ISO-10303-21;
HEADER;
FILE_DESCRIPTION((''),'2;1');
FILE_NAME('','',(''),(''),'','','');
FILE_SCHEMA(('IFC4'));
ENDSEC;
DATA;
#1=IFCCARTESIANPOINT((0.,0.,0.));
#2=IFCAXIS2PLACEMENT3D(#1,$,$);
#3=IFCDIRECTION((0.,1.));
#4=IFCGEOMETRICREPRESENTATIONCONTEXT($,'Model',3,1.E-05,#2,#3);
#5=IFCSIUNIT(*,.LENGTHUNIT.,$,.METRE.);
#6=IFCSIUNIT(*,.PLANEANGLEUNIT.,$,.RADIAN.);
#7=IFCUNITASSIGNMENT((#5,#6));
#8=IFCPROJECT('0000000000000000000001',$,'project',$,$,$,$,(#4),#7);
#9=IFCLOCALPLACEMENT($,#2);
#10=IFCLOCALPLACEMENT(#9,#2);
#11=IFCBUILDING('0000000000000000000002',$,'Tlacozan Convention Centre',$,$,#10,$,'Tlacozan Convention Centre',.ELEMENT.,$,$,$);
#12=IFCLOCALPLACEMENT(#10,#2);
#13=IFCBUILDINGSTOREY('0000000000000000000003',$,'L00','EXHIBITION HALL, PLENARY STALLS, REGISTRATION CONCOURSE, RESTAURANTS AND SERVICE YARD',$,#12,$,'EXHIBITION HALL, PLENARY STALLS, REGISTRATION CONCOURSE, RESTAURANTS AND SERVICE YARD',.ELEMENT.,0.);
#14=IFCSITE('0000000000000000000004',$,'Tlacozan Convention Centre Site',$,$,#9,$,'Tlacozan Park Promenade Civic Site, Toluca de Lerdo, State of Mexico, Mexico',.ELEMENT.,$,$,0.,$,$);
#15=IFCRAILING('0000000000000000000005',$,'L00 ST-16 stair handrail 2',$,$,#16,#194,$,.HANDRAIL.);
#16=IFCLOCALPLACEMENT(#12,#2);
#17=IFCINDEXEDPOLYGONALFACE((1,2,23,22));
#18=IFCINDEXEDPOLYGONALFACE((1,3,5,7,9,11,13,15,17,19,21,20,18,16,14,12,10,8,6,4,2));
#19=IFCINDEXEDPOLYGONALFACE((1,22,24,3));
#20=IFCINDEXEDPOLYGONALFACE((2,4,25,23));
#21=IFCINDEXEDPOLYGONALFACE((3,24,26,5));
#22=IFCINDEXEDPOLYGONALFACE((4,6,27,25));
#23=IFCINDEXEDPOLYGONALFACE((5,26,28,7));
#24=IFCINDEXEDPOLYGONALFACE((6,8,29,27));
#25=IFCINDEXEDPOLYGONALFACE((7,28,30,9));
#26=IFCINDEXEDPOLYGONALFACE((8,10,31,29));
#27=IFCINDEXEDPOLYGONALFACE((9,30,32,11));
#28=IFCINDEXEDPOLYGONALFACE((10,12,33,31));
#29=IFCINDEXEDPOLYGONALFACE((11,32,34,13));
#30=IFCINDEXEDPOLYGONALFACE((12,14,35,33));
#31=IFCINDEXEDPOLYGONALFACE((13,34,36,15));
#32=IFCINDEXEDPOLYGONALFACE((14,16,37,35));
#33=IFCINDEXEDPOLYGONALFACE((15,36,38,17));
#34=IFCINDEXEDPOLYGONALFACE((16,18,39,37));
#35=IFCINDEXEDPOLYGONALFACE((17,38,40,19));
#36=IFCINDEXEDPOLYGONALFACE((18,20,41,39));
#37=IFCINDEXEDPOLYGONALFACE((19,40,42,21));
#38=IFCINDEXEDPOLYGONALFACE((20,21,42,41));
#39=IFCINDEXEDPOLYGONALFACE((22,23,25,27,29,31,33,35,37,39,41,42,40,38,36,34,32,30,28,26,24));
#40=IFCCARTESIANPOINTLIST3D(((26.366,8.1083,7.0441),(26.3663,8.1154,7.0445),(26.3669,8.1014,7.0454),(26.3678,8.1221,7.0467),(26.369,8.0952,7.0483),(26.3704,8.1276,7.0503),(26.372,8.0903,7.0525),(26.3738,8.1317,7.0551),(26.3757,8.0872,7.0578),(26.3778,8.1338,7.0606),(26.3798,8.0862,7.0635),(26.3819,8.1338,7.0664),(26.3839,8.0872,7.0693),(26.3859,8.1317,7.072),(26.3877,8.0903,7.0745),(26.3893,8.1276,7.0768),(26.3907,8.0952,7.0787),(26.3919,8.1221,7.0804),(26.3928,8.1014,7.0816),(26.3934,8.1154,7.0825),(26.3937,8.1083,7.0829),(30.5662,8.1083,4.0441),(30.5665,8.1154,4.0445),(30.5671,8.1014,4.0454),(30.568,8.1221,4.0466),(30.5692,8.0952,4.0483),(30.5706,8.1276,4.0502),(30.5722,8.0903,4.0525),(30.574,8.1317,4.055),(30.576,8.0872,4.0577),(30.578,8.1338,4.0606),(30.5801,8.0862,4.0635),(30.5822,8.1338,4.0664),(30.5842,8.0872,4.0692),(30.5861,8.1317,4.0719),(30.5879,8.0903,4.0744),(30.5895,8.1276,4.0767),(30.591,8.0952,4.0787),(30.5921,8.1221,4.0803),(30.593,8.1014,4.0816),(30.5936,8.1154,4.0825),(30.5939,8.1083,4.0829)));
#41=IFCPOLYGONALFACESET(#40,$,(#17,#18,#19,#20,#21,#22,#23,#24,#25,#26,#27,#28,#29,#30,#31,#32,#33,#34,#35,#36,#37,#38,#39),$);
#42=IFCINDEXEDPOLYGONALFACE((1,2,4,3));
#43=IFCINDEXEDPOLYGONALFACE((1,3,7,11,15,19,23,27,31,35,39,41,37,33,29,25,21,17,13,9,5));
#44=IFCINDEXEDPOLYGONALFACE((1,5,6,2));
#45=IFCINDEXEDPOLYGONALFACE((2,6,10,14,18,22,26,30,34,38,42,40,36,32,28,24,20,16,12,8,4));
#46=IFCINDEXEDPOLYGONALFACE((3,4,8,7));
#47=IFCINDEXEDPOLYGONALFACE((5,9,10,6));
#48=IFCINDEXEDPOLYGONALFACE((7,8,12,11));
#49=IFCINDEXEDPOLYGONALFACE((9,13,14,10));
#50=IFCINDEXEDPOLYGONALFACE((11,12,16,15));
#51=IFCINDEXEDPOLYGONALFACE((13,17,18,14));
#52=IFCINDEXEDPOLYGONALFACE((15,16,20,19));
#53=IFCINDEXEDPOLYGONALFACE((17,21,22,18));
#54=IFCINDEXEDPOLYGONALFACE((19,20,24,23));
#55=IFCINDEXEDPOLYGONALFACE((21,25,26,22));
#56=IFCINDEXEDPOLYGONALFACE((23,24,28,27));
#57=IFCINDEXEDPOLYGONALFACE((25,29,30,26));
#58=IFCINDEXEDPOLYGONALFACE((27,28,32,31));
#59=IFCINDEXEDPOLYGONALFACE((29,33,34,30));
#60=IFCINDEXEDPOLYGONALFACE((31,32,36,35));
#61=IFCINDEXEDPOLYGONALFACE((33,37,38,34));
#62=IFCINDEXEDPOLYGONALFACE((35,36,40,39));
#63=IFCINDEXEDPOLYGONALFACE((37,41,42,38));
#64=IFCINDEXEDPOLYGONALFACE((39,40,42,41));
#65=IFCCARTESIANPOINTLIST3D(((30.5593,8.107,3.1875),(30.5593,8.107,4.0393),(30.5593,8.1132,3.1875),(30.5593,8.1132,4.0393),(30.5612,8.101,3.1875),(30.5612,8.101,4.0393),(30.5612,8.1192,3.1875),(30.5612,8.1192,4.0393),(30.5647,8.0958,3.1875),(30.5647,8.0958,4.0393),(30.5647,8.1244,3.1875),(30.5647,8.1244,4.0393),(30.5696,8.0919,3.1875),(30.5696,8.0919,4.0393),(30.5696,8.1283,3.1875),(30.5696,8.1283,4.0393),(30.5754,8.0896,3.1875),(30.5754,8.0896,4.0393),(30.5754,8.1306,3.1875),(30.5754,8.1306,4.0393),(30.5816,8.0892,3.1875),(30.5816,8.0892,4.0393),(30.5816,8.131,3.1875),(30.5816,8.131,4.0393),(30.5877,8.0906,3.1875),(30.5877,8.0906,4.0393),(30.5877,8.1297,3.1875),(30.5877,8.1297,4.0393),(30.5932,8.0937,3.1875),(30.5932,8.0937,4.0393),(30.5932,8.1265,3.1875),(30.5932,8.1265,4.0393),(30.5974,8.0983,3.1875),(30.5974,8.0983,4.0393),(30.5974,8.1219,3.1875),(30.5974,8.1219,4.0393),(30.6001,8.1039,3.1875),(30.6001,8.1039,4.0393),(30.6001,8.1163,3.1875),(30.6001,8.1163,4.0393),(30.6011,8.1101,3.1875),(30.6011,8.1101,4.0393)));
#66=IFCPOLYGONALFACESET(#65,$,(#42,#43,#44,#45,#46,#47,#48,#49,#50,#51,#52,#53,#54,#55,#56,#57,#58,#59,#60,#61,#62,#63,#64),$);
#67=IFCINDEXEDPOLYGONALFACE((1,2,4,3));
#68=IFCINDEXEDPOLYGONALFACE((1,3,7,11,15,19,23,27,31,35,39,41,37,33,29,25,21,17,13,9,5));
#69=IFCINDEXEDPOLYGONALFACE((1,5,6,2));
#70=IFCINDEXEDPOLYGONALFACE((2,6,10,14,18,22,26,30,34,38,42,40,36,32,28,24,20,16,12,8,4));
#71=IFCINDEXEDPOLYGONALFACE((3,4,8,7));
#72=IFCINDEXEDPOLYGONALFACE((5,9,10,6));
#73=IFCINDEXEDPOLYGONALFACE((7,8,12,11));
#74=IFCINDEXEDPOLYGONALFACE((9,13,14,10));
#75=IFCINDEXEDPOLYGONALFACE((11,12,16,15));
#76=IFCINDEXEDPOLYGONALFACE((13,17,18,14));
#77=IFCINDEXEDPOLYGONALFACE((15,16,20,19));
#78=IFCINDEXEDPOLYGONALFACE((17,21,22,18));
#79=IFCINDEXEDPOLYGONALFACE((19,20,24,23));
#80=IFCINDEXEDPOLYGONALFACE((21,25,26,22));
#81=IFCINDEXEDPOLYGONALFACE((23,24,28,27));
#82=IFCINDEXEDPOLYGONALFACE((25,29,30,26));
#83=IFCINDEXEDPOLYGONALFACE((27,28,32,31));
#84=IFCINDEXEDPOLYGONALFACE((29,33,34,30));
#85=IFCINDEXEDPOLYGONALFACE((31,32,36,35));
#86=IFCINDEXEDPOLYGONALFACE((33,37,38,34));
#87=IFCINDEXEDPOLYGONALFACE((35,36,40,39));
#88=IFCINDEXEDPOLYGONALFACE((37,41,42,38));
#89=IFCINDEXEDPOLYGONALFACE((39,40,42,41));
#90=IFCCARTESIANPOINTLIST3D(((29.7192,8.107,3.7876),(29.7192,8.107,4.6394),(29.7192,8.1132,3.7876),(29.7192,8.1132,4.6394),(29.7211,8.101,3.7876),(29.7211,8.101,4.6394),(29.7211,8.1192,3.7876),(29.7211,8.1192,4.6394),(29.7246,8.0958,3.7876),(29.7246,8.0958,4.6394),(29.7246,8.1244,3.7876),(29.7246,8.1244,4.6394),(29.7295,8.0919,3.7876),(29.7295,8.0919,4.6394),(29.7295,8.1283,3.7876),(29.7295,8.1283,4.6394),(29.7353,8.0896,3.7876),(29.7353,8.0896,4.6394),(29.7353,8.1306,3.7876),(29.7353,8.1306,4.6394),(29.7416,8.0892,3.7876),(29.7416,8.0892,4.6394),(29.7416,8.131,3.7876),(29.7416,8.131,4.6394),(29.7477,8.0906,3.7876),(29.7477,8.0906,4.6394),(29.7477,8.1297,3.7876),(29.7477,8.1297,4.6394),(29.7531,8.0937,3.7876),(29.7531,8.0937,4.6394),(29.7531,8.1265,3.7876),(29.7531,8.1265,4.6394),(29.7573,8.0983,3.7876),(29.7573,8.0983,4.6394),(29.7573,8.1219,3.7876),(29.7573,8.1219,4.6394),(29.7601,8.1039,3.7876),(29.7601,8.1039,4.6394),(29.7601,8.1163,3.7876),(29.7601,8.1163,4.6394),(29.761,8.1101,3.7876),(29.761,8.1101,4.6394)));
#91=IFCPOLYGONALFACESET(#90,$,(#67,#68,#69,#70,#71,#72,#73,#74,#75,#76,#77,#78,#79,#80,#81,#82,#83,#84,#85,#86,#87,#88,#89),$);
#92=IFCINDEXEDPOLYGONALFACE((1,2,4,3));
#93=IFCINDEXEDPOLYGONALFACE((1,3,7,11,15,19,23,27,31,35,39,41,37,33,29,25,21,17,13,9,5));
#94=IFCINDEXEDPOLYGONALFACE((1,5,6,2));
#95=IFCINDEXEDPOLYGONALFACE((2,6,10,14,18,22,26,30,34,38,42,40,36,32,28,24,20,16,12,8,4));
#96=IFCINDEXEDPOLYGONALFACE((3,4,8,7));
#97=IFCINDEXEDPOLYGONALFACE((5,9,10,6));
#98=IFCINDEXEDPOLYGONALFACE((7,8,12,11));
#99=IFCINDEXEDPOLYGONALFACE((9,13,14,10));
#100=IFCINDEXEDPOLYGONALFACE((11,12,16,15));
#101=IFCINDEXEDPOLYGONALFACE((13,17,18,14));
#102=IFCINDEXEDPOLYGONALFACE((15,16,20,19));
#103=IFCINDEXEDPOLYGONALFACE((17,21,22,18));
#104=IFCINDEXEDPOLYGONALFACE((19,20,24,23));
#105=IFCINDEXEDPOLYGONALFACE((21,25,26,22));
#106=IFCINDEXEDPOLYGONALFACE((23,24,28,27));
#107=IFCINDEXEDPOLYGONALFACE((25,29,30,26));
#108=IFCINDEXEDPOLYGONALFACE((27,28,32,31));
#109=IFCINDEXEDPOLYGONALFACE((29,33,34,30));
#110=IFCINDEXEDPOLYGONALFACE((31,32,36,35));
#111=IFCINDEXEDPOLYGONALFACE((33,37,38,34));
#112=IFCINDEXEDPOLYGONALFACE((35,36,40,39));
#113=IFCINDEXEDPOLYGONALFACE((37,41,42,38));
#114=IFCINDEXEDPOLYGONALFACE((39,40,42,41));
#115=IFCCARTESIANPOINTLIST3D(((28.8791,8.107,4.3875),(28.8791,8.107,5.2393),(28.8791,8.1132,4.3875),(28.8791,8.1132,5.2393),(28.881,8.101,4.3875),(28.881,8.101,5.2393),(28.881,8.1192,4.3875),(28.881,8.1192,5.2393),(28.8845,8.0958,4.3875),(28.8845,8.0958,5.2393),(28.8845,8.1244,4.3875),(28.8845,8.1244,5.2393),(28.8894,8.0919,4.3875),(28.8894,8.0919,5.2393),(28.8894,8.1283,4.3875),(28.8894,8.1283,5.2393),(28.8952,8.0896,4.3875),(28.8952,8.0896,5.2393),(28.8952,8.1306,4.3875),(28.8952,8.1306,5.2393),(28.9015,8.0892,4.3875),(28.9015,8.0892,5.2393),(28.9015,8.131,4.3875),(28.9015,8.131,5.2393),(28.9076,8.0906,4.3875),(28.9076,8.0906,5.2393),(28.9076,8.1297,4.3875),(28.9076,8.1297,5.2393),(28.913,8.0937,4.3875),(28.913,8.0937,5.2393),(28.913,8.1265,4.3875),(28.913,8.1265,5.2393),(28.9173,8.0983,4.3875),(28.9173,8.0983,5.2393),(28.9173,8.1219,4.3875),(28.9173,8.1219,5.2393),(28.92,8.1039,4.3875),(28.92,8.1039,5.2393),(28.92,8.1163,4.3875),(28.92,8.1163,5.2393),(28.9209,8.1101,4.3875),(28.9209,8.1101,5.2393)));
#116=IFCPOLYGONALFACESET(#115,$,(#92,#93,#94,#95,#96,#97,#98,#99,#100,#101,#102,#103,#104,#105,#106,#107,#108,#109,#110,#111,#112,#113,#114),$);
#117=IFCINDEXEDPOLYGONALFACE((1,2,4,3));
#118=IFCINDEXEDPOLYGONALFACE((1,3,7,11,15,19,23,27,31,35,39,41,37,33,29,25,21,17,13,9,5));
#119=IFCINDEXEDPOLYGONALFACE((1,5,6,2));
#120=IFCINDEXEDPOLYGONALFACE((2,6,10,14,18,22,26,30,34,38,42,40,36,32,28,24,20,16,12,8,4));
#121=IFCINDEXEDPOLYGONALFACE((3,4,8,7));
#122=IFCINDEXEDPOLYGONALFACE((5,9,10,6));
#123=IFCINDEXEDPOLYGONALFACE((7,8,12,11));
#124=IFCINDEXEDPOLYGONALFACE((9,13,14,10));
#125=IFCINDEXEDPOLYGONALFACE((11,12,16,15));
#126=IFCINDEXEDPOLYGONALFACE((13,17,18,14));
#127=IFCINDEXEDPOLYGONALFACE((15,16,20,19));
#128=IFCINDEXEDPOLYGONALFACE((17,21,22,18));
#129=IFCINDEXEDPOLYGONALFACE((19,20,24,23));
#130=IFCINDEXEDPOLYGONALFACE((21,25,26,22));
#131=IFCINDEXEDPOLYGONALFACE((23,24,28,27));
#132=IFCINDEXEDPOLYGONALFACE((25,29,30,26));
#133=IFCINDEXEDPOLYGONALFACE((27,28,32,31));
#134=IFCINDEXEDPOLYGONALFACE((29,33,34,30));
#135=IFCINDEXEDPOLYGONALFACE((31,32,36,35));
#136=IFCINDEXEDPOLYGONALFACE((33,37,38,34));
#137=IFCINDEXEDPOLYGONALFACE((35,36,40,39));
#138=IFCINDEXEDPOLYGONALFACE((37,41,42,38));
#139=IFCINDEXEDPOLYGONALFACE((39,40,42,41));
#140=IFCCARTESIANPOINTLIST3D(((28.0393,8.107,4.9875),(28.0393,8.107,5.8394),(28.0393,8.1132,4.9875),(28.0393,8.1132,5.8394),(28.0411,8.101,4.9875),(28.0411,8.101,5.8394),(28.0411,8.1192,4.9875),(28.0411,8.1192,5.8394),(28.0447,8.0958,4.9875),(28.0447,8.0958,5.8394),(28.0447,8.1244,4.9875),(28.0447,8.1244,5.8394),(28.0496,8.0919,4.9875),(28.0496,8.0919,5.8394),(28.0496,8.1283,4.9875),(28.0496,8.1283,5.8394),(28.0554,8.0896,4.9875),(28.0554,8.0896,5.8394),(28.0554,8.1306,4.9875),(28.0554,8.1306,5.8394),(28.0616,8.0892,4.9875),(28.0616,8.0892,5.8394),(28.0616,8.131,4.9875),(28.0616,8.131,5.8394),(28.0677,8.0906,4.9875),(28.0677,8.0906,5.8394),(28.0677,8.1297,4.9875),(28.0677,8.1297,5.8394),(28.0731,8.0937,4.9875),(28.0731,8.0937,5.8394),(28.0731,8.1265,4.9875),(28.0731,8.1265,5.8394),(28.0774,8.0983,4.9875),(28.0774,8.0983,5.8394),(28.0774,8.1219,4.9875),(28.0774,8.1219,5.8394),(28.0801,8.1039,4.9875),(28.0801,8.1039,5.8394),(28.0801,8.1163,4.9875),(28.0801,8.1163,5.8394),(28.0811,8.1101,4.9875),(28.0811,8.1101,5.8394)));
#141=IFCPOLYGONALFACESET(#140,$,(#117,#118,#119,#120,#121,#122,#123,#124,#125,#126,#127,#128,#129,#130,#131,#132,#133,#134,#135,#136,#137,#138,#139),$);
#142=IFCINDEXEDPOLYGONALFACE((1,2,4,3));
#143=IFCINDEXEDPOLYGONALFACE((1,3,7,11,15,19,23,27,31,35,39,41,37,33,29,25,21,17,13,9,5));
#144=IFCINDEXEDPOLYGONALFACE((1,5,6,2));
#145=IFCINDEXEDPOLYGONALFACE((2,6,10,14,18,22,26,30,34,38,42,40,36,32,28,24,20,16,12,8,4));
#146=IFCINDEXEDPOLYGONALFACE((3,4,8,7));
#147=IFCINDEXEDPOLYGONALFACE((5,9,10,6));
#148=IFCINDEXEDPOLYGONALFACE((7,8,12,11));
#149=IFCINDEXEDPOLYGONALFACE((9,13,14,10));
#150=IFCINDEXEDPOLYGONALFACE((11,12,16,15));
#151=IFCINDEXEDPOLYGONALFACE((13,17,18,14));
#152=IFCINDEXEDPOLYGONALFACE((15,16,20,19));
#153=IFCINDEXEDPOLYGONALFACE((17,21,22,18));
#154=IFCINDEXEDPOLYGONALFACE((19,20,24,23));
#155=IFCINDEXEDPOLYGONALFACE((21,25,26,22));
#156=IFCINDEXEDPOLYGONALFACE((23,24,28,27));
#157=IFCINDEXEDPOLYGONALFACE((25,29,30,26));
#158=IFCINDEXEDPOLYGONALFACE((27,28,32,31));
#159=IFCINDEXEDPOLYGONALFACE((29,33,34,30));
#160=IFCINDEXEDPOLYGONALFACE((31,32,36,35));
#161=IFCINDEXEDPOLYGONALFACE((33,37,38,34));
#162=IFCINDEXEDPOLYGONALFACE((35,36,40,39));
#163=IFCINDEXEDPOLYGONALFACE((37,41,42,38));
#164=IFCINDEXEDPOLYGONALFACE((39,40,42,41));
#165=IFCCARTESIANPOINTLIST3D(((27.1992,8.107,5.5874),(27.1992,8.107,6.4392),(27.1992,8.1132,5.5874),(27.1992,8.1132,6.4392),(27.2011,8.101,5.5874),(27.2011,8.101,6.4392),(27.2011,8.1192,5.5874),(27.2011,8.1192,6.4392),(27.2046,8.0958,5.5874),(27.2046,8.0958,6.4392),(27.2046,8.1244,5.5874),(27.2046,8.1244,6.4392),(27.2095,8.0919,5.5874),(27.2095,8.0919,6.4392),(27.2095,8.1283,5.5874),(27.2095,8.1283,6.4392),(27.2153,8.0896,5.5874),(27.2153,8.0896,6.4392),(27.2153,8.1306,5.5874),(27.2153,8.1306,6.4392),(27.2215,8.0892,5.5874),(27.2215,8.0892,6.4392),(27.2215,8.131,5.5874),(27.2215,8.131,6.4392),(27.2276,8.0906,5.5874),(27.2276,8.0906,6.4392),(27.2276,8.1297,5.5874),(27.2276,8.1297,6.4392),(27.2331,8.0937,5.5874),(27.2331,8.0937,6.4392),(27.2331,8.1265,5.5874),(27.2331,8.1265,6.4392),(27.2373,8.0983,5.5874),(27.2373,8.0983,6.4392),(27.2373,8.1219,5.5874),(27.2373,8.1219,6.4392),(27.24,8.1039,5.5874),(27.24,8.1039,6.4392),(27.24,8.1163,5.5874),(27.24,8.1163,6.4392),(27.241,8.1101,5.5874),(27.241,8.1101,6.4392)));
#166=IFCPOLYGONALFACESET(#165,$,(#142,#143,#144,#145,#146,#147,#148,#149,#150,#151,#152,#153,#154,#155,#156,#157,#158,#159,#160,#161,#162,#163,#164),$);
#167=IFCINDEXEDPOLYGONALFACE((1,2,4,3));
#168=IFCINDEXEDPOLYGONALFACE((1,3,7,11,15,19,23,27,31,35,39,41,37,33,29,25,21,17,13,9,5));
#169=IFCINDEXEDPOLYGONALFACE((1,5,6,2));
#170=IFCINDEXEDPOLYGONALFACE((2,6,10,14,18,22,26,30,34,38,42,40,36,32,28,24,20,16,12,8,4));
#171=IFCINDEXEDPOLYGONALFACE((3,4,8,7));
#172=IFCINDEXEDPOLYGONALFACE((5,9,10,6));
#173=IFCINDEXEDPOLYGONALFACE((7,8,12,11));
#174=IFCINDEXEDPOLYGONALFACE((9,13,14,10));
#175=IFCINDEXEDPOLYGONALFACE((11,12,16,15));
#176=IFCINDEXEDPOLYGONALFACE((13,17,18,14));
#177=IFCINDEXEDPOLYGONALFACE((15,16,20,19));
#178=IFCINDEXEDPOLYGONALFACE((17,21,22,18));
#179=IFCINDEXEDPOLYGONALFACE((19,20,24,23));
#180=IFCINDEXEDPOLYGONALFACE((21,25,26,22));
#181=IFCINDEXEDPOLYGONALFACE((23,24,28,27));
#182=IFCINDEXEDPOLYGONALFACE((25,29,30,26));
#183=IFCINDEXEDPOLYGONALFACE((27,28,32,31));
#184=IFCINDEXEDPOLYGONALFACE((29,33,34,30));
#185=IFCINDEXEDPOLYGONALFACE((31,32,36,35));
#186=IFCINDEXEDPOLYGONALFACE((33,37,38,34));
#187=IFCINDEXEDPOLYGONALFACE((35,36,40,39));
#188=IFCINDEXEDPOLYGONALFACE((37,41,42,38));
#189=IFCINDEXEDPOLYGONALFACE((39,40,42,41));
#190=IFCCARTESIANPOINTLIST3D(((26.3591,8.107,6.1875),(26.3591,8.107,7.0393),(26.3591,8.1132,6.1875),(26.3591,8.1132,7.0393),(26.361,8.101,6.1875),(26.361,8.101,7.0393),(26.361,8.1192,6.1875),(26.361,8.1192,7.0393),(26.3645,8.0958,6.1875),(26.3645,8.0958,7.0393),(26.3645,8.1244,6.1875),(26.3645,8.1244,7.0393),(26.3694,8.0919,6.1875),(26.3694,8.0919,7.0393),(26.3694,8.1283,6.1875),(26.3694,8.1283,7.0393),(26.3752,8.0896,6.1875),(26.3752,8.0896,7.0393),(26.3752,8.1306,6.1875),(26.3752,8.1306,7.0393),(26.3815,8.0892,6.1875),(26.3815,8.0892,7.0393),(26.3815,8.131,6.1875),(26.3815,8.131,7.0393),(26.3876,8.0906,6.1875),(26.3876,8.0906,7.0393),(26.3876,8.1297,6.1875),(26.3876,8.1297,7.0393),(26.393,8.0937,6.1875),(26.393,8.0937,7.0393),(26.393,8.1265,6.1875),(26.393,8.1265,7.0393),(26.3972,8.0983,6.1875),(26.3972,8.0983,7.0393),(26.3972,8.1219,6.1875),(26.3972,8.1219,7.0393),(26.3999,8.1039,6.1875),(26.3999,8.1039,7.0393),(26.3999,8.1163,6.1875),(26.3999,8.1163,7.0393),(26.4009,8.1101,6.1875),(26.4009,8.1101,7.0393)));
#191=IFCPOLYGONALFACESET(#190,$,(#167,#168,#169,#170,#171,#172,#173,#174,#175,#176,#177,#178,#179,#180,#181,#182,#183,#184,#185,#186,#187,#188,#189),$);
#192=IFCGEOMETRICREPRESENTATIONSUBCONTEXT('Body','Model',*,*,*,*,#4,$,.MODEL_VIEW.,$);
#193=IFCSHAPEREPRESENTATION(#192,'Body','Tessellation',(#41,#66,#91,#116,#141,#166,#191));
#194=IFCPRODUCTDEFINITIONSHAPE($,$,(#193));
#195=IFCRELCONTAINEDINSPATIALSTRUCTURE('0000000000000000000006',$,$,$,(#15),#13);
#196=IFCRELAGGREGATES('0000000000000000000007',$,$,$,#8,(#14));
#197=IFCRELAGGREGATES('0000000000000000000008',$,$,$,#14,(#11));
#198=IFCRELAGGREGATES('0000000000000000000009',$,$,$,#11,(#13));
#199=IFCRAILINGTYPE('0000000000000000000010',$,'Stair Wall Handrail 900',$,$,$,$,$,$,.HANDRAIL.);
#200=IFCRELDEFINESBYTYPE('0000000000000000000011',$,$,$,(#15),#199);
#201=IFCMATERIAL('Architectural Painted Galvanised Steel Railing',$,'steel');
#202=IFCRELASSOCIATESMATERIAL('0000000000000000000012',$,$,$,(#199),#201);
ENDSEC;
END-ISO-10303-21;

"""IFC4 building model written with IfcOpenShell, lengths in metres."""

from ifc_helpers import new_model, si_unit, direction, frame, origin, origin_2d, place, context, subcontext, project, spatial, circle, extrude, material, type_object, element, save


model = new_model("IFC4")

# Units and contexts
model_context = context("Model", 3, precision=1e-05, world=origin(), true_north=direction((0.0, 1.0)))
body_context = subcontext(model_context, "Body", "Model", "MODEL_VIEW")
ifc_project = project(units=[si_unit("LENGTHUNIT", "METRE"), si_unit("PLANEANGLEUNIT", "RADIAN")], contexts=[model_context])

# Site, building, storey
site_placement = place(None, origin())
site = spatial("IfcSite", under=ifc_project, at=site_placement, Name="Tlacozan Convention Centre Site", LongName="Tlacozan Park Promenade Civic Site, Toluca de Lerdo, State of Mexico, Mexico", CompositionType="ELEMENT", RefElevation=0.0)
building_placement = place(site_placement, origin())
building = spatial("IfcBuilding", under=site, at=building_placement, Name="Tlacozan Convention Centre", LongName="Tlacozan Convention Centre", CompositionType="ELEMENT")
storey_placement = place(building_placement, origin())
storey = spatial("IfcBuildingStorey", under=building, at=storey_placement, Name="L00", Description="EXHIBITION HALL, PLENARY STALLS, REGISTRATION CONCOURSE, RESTAURANTS AND SERVICE YARD", LongName="EXHIBITION HALL, PLENARY STALLS, REGISTRATION CONCOURSE, RESTAURANTS AND SERVICE YARD", CompositionType="ELEMENT", Elevation=0.0)

# Railing
ifc_material_1 = material(Name="Architectural Painted Galvanised Steel Railing", Category="steel")
railing_type_1 = type_object("IfcRailingType", Name="Stair Wall Handrail 900", PredefinedType="HANDRAIL", material=ifc_material_1)
railing_1_placement = place(storey_placement, frame((30.5801, 8.1101, 3.1875)))
element("IfcRailing", 1, at=railing_1_placement, inside=storey, type_object=railing_type_1, Name="L00 ST-16 stair handrail 2", PredefinedType="HANDRAIL", context=body_context, shape_type="SweptSolid", body=[
    extrude(circle(Radius=0.0239, at=origin_2d()), frame((0.0, 0.0, 0.876), z_axis=(-0.813746, 0.0, 0.58122), x_axis=(0.0, -1.0, 0.0)), (0.0, 0.0, 1.0), 5.1616),
    extrude(circle(Radius=0.021, at=origin_2d()), origin(), (0.0, 0.0, 1.0), 0.8518),
    extrude(circle(Radius=0.021, at=origin_2d()), frame((-0.8401, 0.0, 0.6001)), (0.0, 0.0, 1.0), 0.8518),
    extrude(circle(Radius=0.021, at=origin_2d()), frame((-1.6802, 0.0, 1.2)), (0.0, 0.0, 1.0), 0.8518),
    extrude(circle(Radius=0.021, at=origin_2d()), frame((-2.52, 0.0, 1.8)), (0.0, 0.0, 1.0), 0.8518),
    extrude(circle(Radius=0.021, at=origin_2d()), frame((-3.3601, 0.0, 2.3999)), (0.0, 0.0, 1.0), 0.8518),
    extrude(circle(Radius=0.021, at=origin_2d()), frame((-4.2002, 0.0, 3.0)), (0.0, 0.0, 1.0), 0.8518),
])

save(model, "model.ifc")
